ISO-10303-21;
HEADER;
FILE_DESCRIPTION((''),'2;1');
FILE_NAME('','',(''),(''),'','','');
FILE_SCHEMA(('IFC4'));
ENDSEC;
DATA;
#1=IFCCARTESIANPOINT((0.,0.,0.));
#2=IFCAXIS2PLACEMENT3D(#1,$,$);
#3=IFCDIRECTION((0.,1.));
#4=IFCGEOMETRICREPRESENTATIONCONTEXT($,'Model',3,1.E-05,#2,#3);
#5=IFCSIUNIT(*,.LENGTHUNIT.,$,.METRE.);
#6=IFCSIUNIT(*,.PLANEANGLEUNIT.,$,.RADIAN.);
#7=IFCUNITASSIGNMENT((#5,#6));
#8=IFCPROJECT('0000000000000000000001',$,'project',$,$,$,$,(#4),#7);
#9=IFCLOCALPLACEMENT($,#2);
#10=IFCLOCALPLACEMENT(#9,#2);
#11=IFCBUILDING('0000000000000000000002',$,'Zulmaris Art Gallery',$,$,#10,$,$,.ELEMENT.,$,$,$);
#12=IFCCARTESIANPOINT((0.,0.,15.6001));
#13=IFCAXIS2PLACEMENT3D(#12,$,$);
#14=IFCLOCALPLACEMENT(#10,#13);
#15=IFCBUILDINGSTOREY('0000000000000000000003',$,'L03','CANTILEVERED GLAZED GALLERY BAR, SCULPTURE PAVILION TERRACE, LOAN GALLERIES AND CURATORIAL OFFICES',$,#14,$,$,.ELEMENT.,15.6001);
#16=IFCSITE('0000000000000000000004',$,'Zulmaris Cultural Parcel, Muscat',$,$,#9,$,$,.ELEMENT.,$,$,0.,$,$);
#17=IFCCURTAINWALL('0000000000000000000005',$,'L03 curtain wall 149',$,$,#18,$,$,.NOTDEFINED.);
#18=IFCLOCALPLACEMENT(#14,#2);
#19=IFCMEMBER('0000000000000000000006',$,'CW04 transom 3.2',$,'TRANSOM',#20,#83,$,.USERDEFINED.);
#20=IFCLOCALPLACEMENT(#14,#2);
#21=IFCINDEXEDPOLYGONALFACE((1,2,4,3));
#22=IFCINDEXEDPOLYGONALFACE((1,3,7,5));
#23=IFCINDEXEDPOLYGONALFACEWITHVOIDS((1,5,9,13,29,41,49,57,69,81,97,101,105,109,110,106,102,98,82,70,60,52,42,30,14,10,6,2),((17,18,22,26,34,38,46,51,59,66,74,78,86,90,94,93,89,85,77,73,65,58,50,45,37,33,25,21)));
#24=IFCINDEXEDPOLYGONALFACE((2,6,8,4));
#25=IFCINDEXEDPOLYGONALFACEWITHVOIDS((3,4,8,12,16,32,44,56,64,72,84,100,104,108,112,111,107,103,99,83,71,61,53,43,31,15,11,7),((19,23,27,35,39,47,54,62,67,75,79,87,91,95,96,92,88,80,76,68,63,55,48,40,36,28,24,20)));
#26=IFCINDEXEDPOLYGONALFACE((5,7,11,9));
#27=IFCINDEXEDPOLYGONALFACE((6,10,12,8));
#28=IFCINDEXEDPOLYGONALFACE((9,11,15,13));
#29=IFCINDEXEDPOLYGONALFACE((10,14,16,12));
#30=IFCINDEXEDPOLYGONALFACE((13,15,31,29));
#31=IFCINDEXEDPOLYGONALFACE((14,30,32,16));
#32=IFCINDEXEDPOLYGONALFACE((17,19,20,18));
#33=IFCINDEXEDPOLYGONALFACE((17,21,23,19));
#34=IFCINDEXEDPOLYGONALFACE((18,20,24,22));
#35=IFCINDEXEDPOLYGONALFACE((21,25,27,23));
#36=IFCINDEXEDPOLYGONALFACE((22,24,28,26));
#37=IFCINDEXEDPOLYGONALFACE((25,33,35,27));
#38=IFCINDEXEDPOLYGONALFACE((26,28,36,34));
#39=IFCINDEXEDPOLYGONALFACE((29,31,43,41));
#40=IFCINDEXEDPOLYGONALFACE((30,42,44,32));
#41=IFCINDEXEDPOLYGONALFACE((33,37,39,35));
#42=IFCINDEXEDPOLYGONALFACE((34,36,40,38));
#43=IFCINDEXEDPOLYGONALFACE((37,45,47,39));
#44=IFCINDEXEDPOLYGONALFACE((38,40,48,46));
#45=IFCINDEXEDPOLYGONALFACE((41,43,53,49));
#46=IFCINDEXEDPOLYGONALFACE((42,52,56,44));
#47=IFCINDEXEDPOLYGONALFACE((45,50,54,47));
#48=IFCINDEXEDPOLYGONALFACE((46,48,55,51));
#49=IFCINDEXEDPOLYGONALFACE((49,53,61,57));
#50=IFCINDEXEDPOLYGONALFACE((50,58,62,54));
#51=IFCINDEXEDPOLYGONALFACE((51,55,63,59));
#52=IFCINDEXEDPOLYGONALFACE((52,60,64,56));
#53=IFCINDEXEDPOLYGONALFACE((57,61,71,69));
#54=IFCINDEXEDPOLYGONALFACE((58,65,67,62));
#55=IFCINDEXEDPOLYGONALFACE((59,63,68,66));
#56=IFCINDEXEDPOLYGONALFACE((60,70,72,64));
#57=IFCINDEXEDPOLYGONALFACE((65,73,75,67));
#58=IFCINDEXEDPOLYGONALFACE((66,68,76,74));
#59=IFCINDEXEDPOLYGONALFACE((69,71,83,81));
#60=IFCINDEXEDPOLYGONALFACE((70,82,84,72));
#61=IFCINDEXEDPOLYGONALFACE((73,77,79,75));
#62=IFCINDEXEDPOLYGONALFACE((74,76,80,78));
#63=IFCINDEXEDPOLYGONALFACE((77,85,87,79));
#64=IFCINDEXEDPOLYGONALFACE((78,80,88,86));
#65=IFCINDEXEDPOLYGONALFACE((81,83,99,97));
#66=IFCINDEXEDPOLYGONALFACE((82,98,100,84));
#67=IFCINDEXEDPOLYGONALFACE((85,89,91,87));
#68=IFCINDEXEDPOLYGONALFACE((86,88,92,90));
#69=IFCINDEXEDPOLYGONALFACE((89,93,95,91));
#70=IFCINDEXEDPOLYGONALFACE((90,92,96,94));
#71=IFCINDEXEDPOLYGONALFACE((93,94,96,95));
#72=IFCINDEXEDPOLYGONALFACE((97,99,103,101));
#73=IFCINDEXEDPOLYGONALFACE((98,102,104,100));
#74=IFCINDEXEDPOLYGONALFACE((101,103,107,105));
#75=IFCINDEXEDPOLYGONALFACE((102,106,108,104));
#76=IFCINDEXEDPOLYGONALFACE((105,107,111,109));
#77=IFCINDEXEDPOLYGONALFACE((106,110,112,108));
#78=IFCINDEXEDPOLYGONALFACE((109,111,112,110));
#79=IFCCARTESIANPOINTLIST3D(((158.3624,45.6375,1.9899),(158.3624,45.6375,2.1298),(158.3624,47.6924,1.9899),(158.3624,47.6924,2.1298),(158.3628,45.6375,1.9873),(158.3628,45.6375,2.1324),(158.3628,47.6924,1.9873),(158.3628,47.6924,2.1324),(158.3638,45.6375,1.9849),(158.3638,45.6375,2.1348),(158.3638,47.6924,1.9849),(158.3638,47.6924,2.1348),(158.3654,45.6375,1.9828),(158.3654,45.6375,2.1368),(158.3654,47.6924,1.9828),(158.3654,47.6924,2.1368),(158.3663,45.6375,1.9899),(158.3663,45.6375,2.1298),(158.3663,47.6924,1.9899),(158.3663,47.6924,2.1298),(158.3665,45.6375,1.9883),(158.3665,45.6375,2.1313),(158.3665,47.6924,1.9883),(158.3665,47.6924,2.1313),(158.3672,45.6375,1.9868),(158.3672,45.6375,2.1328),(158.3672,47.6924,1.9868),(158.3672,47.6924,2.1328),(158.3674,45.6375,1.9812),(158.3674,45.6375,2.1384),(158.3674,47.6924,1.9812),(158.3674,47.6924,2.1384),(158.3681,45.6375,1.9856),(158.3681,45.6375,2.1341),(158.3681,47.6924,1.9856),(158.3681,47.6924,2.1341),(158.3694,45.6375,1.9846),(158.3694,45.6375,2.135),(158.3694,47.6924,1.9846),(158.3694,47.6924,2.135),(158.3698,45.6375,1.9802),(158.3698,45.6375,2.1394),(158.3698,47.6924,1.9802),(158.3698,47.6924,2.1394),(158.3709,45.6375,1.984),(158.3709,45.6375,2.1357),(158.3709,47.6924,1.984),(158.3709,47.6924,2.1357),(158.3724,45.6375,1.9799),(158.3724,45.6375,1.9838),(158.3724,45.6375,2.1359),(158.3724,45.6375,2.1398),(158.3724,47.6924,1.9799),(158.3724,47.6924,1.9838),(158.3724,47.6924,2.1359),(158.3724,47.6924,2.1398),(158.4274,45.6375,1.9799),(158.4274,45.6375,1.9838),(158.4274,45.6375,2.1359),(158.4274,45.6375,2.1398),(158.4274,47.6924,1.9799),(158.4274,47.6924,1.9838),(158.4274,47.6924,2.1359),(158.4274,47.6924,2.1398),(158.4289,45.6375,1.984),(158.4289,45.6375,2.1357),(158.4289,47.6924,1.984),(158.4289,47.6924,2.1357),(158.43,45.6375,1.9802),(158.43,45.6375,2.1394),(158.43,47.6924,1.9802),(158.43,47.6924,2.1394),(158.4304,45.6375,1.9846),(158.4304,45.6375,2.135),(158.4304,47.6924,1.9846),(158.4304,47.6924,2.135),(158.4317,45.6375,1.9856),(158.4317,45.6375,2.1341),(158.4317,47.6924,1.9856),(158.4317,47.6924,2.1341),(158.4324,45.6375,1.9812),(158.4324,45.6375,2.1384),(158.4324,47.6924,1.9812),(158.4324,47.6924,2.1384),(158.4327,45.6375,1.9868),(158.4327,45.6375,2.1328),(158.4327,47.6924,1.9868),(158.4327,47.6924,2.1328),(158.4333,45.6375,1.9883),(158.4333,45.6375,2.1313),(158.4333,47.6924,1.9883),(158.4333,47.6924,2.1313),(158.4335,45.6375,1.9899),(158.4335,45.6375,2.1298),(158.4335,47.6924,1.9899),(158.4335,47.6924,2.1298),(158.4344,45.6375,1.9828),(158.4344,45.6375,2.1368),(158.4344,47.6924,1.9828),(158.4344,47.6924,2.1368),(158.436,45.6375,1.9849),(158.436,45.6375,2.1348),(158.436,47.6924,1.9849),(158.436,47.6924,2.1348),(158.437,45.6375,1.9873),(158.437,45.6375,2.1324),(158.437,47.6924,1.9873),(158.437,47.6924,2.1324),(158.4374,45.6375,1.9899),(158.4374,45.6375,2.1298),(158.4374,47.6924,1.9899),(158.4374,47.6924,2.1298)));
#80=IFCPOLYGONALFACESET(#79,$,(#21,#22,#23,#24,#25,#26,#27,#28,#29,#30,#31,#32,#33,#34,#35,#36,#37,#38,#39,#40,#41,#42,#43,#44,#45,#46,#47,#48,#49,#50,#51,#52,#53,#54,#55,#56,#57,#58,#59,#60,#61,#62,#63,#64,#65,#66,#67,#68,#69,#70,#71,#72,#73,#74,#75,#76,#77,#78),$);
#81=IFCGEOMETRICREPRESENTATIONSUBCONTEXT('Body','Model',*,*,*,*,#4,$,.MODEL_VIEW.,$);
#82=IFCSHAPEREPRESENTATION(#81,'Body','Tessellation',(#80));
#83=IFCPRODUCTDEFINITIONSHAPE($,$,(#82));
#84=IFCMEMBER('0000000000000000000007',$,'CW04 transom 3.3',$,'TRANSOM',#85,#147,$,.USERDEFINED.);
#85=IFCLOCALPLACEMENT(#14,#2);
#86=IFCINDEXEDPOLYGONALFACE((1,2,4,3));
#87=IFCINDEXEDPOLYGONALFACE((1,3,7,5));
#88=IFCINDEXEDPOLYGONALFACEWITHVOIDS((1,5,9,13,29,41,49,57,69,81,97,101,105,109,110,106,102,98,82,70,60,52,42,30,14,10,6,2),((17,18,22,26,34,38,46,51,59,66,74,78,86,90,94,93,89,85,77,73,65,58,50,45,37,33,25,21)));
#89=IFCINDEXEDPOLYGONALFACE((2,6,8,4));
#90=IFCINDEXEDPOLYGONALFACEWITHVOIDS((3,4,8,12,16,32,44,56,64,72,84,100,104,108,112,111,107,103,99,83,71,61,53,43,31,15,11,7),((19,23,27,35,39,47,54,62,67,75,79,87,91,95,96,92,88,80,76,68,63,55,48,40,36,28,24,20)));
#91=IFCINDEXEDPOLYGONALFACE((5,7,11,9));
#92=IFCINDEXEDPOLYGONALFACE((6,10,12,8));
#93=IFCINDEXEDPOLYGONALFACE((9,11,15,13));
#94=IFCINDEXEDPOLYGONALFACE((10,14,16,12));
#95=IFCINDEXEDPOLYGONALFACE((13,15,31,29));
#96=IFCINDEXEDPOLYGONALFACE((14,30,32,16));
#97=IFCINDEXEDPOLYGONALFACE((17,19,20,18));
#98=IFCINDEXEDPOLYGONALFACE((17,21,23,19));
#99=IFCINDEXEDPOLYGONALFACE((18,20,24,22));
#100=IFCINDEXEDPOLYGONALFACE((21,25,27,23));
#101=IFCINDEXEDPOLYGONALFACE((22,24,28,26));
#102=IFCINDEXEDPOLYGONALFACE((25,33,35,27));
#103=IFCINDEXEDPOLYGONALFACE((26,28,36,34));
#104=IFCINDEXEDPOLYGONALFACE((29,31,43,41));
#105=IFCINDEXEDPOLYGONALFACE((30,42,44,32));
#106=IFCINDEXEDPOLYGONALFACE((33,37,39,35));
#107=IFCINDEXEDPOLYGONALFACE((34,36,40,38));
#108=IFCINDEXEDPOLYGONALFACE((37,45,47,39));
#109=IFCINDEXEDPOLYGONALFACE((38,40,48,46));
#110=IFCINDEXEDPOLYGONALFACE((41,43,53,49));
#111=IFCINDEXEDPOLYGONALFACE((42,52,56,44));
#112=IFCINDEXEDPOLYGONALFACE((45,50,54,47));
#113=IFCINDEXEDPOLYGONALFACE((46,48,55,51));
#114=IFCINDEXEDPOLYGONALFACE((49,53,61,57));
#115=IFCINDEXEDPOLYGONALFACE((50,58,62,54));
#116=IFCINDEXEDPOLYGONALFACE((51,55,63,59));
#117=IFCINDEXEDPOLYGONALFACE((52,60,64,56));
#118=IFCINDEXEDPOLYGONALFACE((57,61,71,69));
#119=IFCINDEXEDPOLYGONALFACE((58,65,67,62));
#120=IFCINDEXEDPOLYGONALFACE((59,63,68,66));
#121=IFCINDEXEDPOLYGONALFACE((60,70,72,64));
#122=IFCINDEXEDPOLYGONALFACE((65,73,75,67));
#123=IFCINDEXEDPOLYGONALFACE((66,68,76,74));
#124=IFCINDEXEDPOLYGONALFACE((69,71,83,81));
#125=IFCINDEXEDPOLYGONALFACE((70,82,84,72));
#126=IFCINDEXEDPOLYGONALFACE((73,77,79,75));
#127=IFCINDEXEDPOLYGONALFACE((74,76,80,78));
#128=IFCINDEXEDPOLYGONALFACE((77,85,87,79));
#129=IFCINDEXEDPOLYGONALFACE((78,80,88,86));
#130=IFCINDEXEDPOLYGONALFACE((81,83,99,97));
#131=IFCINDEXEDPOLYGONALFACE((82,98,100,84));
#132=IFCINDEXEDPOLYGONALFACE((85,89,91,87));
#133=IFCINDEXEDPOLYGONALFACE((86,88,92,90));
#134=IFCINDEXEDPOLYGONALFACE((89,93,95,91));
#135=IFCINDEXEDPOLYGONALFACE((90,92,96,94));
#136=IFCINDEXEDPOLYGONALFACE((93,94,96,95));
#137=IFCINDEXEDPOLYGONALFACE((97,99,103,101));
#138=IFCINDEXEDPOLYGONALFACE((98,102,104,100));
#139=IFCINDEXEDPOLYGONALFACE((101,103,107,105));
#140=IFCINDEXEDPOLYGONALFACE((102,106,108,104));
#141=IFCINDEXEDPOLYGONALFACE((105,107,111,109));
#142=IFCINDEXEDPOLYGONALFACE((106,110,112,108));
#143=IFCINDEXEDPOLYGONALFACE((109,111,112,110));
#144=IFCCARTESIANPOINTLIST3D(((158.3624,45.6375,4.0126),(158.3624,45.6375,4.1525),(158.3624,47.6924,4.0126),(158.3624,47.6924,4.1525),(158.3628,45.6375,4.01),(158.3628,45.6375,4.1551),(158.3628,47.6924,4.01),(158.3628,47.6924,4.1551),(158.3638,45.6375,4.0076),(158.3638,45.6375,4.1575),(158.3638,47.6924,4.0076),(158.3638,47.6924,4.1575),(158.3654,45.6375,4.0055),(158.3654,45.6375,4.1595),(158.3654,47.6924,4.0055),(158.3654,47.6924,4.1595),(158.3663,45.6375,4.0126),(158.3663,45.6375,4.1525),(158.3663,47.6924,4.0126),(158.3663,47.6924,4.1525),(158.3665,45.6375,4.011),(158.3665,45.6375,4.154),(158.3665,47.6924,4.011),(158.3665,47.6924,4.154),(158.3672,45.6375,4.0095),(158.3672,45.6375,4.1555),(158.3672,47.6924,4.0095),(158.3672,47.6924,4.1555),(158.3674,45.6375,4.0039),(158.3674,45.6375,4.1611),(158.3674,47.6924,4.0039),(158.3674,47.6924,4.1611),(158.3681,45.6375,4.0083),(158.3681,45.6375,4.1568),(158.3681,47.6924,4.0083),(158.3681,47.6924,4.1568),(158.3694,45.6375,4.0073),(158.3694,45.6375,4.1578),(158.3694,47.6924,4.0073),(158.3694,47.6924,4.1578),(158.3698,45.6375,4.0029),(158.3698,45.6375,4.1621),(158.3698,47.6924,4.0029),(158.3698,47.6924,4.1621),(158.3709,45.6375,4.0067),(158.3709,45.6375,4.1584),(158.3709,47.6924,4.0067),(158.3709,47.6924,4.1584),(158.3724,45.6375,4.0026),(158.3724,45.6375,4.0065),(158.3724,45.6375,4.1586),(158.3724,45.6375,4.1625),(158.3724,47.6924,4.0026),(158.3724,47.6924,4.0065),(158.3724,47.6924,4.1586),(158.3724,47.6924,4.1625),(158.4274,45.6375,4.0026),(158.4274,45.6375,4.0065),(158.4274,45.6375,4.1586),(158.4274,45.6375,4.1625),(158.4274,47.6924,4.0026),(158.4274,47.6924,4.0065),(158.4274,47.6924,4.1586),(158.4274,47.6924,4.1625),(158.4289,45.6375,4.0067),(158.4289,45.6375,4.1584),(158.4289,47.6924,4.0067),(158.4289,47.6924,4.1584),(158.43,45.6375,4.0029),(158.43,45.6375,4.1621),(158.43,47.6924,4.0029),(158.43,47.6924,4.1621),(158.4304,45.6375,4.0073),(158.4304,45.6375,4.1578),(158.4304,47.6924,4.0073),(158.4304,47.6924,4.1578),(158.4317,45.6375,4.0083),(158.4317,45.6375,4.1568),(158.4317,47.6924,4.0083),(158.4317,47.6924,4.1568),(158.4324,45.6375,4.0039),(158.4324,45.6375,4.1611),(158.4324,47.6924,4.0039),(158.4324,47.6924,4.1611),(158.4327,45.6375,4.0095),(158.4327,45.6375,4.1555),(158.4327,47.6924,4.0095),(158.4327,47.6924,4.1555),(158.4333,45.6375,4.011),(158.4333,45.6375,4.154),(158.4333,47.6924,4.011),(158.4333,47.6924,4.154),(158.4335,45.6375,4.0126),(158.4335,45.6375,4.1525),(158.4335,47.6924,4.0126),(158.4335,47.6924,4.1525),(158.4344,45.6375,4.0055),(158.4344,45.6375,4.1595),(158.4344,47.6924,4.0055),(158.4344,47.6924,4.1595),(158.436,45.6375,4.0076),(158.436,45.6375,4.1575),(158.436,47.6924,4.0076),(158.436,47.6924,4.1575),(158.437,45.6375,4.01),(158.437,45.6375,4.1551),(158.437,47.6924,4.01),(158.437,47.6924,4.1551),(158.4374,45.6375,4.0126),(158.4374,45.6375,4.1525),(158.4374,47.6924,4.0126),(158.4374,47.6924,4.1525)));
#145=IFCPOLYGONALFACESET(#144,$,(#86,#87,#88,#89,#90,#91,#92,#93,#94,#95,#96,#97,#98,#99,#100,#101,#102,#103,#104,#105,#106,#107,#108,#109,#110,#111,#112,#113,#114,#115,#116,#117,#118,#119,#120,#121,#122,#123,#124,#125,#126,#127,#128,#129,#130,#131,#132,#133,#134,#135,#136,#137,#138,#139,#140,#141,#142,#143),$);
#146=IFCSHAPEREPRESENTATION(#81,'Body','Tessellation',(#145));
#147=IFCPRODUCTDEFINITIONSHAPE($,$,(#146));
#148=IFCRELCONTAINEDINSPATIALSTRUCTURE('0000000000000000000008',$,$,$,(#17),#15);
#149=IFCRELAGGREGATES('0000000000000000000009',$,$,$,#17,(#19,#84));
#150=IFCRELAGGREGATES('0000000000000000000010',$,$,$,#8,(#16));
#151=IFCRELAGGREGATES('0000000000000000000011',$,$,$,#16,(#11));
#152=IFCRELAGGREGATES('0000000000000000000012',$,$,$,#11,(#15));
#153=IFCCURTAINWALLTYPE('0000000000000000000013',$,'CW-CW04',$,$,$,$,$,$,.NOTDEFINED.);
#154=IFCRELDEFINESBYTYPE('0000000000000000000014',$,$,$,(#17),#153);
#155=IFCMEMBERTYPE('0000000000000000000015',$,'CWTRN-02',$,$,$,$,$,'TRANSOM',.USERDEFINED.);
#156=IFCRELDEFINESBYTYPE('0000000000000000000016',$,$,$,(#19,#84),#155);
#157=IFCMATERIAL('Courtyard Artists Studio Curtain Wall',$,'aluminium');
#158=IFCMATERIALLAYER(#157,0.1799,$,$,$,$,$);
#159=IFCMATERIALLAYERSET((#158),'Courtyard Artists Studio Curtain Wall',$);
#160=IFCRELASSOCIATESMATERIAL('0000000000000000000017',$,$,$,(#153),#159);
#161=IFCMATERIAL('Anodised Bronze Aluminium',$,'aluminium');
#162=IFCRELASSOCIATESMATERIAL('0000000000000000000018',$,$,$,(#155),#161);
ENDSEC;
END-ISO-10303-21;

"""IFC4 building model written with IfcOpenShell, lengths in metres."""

from ifc_helpers import new_model, si_unit, direction, frame, origin, origin_2d, place, context, subcontext, project, spatial, hollow_rectangle, extrude, material, layer, layer_set, material_profile, profile_set, type_object, element, aggregate, save


model = new_model("IFC4")

# Units and contexts
model_context = context("Model", 3, precision=1e-05, world=origin(), true_north=direction((0.0, 1.0)))
body_context = subcontext(model_context, "Body", "Model", "MODEL_VIEW")
ifc_project = project(units=[si_unit("LENGTHUNIT", "METRE"), si_unit("PLANEANGLEUNIT", "RADIAN")], contexts=[model_context])

# Site, building, storey
site_placement = place(None, origin())
site = spatial("IfcSite", under=ifc_project, at=site_placement, Name="Zulmaris Cultural Parcel, Muscat", CompositionType="ELEMENT", RefElevation=0.0)
building_placement = place(site_placement, origin())
building = spatial("IfcBuilding", under=site, at=building_placement, Name="Zulmaris Art Gallery", CompositionType="ELEMENT")
storey_placement = place(building_placement, frame((0.0, 0.0, 15.6001)))
storey = spatial("IfcBuildingStorey", under=building, at=storey_placement, Name="L03", Description="CANTILEVERED GLAZED GALLERY BAR, SCULPTURE PAVILION TERRACE, LOAN GALLERIES AND CURATORIAL OFFICES", CompositionType="ELEMENT", Elevation=15.6001)

# Curtain wall
ifc_material_1 = material(Name="Courtyard Artists Studio Curtain Wall", Category="aluminium")
ifc_layer_1 = layer(ifc_material_1, 0.1799)
ifc_layer_set_1 = layer_set([ifc_layer_1], Name="Courtyard Artists Studio Curtain Wall")
curtain_wall_type = type_object("IfcCurtainWallType", Name="CW-CW04", PredefinedType="NOTDEFINED", material=ifc_layer_set_1)
curtain_wall_1_placement = place(storey_placement, origin())
curtain_wall_1 = element("IfcCurtainWall", 1, at=curtain_wall_1_placement, inside=storey, type_object=curtain_wall_type, Name="L03 curtain wall 149", PredefinedType="NOTDEFINED")
ifc_material_2 = material(Name="Anodised Bronze Aluminium", Category="aluminium")

# Members
ifc_material_profile_1 = material_profile(ifc_material_2, hollow_rectangle(XDim=0.075, YDim=0.1599, WallThickness=0.0039, InnerFilletRadius=0.0061, OuterFilletRadius=0.01, at=origin_2d()), Name="ALU 75x160x4")
ifc_profile_set_1 = profile_set([ifc_material_profile_1], Name="Anodised Bronze Aluminium")
member_type_1 = type_object("IfcMemberType", Name="CWTRN-02", ElementType="TRANSOM", PredefinedType="USERDEFINED", material=ifc_profile_set_1)
member_1_placement = place(storey_placement, frame((158.3999, 45.6375, 2.0598), z_axis=(0.0, 1.0, 0.0), x_axis=(-1.0, 0.0, 0.0)))
member_1 = element("IfcMember", 2, at=member_1_placement, type_object=member_type_1, Name="CW04 transom 3.2", ObjectType="TRANSOM", PredefinedType="USERDEFINED", context=body_context, shape_type="SweptSolid", body=[
    extrude(hollow_rectangle(XDim=0.075, YDim=0.1599, WallThickness=0.0039, InnerFilletRadius=0.0061, OuterFilletRadius=0.01, at=origin_2d()), origin(), (0.0, 0.0, 1.0), 2.0549),
])
member_2_placement = place(storey_placement, frame((158.3999, 45.6375, 4.0825), z_axis=(0.0, 1.0, 0.0), x_axis=(-1.0, 0.0, 0.0)))
member_2 = element("IfcMember", 3, at=member_2_placement, type_object=member_type_1, Name="CW04 transom 3.3", ObjectType="TRANSOM", PredefinedType="USERDEFINED", context=body_context, shape_type="SweptSolid", body=[
    extrude(hollow_rectangle(XDim=0.075, YDim=0.1599, WallThickness=0.0039, InnerFilletRadius=0.0061, OuterFilletRadius=0.01, at=origin_2d()), origin(), (0.0, 0.0, 1.0), 2.0549),
])

aggregate(curtain_wall_1, [member_1, member_2])

save(model, "model.ifc")
